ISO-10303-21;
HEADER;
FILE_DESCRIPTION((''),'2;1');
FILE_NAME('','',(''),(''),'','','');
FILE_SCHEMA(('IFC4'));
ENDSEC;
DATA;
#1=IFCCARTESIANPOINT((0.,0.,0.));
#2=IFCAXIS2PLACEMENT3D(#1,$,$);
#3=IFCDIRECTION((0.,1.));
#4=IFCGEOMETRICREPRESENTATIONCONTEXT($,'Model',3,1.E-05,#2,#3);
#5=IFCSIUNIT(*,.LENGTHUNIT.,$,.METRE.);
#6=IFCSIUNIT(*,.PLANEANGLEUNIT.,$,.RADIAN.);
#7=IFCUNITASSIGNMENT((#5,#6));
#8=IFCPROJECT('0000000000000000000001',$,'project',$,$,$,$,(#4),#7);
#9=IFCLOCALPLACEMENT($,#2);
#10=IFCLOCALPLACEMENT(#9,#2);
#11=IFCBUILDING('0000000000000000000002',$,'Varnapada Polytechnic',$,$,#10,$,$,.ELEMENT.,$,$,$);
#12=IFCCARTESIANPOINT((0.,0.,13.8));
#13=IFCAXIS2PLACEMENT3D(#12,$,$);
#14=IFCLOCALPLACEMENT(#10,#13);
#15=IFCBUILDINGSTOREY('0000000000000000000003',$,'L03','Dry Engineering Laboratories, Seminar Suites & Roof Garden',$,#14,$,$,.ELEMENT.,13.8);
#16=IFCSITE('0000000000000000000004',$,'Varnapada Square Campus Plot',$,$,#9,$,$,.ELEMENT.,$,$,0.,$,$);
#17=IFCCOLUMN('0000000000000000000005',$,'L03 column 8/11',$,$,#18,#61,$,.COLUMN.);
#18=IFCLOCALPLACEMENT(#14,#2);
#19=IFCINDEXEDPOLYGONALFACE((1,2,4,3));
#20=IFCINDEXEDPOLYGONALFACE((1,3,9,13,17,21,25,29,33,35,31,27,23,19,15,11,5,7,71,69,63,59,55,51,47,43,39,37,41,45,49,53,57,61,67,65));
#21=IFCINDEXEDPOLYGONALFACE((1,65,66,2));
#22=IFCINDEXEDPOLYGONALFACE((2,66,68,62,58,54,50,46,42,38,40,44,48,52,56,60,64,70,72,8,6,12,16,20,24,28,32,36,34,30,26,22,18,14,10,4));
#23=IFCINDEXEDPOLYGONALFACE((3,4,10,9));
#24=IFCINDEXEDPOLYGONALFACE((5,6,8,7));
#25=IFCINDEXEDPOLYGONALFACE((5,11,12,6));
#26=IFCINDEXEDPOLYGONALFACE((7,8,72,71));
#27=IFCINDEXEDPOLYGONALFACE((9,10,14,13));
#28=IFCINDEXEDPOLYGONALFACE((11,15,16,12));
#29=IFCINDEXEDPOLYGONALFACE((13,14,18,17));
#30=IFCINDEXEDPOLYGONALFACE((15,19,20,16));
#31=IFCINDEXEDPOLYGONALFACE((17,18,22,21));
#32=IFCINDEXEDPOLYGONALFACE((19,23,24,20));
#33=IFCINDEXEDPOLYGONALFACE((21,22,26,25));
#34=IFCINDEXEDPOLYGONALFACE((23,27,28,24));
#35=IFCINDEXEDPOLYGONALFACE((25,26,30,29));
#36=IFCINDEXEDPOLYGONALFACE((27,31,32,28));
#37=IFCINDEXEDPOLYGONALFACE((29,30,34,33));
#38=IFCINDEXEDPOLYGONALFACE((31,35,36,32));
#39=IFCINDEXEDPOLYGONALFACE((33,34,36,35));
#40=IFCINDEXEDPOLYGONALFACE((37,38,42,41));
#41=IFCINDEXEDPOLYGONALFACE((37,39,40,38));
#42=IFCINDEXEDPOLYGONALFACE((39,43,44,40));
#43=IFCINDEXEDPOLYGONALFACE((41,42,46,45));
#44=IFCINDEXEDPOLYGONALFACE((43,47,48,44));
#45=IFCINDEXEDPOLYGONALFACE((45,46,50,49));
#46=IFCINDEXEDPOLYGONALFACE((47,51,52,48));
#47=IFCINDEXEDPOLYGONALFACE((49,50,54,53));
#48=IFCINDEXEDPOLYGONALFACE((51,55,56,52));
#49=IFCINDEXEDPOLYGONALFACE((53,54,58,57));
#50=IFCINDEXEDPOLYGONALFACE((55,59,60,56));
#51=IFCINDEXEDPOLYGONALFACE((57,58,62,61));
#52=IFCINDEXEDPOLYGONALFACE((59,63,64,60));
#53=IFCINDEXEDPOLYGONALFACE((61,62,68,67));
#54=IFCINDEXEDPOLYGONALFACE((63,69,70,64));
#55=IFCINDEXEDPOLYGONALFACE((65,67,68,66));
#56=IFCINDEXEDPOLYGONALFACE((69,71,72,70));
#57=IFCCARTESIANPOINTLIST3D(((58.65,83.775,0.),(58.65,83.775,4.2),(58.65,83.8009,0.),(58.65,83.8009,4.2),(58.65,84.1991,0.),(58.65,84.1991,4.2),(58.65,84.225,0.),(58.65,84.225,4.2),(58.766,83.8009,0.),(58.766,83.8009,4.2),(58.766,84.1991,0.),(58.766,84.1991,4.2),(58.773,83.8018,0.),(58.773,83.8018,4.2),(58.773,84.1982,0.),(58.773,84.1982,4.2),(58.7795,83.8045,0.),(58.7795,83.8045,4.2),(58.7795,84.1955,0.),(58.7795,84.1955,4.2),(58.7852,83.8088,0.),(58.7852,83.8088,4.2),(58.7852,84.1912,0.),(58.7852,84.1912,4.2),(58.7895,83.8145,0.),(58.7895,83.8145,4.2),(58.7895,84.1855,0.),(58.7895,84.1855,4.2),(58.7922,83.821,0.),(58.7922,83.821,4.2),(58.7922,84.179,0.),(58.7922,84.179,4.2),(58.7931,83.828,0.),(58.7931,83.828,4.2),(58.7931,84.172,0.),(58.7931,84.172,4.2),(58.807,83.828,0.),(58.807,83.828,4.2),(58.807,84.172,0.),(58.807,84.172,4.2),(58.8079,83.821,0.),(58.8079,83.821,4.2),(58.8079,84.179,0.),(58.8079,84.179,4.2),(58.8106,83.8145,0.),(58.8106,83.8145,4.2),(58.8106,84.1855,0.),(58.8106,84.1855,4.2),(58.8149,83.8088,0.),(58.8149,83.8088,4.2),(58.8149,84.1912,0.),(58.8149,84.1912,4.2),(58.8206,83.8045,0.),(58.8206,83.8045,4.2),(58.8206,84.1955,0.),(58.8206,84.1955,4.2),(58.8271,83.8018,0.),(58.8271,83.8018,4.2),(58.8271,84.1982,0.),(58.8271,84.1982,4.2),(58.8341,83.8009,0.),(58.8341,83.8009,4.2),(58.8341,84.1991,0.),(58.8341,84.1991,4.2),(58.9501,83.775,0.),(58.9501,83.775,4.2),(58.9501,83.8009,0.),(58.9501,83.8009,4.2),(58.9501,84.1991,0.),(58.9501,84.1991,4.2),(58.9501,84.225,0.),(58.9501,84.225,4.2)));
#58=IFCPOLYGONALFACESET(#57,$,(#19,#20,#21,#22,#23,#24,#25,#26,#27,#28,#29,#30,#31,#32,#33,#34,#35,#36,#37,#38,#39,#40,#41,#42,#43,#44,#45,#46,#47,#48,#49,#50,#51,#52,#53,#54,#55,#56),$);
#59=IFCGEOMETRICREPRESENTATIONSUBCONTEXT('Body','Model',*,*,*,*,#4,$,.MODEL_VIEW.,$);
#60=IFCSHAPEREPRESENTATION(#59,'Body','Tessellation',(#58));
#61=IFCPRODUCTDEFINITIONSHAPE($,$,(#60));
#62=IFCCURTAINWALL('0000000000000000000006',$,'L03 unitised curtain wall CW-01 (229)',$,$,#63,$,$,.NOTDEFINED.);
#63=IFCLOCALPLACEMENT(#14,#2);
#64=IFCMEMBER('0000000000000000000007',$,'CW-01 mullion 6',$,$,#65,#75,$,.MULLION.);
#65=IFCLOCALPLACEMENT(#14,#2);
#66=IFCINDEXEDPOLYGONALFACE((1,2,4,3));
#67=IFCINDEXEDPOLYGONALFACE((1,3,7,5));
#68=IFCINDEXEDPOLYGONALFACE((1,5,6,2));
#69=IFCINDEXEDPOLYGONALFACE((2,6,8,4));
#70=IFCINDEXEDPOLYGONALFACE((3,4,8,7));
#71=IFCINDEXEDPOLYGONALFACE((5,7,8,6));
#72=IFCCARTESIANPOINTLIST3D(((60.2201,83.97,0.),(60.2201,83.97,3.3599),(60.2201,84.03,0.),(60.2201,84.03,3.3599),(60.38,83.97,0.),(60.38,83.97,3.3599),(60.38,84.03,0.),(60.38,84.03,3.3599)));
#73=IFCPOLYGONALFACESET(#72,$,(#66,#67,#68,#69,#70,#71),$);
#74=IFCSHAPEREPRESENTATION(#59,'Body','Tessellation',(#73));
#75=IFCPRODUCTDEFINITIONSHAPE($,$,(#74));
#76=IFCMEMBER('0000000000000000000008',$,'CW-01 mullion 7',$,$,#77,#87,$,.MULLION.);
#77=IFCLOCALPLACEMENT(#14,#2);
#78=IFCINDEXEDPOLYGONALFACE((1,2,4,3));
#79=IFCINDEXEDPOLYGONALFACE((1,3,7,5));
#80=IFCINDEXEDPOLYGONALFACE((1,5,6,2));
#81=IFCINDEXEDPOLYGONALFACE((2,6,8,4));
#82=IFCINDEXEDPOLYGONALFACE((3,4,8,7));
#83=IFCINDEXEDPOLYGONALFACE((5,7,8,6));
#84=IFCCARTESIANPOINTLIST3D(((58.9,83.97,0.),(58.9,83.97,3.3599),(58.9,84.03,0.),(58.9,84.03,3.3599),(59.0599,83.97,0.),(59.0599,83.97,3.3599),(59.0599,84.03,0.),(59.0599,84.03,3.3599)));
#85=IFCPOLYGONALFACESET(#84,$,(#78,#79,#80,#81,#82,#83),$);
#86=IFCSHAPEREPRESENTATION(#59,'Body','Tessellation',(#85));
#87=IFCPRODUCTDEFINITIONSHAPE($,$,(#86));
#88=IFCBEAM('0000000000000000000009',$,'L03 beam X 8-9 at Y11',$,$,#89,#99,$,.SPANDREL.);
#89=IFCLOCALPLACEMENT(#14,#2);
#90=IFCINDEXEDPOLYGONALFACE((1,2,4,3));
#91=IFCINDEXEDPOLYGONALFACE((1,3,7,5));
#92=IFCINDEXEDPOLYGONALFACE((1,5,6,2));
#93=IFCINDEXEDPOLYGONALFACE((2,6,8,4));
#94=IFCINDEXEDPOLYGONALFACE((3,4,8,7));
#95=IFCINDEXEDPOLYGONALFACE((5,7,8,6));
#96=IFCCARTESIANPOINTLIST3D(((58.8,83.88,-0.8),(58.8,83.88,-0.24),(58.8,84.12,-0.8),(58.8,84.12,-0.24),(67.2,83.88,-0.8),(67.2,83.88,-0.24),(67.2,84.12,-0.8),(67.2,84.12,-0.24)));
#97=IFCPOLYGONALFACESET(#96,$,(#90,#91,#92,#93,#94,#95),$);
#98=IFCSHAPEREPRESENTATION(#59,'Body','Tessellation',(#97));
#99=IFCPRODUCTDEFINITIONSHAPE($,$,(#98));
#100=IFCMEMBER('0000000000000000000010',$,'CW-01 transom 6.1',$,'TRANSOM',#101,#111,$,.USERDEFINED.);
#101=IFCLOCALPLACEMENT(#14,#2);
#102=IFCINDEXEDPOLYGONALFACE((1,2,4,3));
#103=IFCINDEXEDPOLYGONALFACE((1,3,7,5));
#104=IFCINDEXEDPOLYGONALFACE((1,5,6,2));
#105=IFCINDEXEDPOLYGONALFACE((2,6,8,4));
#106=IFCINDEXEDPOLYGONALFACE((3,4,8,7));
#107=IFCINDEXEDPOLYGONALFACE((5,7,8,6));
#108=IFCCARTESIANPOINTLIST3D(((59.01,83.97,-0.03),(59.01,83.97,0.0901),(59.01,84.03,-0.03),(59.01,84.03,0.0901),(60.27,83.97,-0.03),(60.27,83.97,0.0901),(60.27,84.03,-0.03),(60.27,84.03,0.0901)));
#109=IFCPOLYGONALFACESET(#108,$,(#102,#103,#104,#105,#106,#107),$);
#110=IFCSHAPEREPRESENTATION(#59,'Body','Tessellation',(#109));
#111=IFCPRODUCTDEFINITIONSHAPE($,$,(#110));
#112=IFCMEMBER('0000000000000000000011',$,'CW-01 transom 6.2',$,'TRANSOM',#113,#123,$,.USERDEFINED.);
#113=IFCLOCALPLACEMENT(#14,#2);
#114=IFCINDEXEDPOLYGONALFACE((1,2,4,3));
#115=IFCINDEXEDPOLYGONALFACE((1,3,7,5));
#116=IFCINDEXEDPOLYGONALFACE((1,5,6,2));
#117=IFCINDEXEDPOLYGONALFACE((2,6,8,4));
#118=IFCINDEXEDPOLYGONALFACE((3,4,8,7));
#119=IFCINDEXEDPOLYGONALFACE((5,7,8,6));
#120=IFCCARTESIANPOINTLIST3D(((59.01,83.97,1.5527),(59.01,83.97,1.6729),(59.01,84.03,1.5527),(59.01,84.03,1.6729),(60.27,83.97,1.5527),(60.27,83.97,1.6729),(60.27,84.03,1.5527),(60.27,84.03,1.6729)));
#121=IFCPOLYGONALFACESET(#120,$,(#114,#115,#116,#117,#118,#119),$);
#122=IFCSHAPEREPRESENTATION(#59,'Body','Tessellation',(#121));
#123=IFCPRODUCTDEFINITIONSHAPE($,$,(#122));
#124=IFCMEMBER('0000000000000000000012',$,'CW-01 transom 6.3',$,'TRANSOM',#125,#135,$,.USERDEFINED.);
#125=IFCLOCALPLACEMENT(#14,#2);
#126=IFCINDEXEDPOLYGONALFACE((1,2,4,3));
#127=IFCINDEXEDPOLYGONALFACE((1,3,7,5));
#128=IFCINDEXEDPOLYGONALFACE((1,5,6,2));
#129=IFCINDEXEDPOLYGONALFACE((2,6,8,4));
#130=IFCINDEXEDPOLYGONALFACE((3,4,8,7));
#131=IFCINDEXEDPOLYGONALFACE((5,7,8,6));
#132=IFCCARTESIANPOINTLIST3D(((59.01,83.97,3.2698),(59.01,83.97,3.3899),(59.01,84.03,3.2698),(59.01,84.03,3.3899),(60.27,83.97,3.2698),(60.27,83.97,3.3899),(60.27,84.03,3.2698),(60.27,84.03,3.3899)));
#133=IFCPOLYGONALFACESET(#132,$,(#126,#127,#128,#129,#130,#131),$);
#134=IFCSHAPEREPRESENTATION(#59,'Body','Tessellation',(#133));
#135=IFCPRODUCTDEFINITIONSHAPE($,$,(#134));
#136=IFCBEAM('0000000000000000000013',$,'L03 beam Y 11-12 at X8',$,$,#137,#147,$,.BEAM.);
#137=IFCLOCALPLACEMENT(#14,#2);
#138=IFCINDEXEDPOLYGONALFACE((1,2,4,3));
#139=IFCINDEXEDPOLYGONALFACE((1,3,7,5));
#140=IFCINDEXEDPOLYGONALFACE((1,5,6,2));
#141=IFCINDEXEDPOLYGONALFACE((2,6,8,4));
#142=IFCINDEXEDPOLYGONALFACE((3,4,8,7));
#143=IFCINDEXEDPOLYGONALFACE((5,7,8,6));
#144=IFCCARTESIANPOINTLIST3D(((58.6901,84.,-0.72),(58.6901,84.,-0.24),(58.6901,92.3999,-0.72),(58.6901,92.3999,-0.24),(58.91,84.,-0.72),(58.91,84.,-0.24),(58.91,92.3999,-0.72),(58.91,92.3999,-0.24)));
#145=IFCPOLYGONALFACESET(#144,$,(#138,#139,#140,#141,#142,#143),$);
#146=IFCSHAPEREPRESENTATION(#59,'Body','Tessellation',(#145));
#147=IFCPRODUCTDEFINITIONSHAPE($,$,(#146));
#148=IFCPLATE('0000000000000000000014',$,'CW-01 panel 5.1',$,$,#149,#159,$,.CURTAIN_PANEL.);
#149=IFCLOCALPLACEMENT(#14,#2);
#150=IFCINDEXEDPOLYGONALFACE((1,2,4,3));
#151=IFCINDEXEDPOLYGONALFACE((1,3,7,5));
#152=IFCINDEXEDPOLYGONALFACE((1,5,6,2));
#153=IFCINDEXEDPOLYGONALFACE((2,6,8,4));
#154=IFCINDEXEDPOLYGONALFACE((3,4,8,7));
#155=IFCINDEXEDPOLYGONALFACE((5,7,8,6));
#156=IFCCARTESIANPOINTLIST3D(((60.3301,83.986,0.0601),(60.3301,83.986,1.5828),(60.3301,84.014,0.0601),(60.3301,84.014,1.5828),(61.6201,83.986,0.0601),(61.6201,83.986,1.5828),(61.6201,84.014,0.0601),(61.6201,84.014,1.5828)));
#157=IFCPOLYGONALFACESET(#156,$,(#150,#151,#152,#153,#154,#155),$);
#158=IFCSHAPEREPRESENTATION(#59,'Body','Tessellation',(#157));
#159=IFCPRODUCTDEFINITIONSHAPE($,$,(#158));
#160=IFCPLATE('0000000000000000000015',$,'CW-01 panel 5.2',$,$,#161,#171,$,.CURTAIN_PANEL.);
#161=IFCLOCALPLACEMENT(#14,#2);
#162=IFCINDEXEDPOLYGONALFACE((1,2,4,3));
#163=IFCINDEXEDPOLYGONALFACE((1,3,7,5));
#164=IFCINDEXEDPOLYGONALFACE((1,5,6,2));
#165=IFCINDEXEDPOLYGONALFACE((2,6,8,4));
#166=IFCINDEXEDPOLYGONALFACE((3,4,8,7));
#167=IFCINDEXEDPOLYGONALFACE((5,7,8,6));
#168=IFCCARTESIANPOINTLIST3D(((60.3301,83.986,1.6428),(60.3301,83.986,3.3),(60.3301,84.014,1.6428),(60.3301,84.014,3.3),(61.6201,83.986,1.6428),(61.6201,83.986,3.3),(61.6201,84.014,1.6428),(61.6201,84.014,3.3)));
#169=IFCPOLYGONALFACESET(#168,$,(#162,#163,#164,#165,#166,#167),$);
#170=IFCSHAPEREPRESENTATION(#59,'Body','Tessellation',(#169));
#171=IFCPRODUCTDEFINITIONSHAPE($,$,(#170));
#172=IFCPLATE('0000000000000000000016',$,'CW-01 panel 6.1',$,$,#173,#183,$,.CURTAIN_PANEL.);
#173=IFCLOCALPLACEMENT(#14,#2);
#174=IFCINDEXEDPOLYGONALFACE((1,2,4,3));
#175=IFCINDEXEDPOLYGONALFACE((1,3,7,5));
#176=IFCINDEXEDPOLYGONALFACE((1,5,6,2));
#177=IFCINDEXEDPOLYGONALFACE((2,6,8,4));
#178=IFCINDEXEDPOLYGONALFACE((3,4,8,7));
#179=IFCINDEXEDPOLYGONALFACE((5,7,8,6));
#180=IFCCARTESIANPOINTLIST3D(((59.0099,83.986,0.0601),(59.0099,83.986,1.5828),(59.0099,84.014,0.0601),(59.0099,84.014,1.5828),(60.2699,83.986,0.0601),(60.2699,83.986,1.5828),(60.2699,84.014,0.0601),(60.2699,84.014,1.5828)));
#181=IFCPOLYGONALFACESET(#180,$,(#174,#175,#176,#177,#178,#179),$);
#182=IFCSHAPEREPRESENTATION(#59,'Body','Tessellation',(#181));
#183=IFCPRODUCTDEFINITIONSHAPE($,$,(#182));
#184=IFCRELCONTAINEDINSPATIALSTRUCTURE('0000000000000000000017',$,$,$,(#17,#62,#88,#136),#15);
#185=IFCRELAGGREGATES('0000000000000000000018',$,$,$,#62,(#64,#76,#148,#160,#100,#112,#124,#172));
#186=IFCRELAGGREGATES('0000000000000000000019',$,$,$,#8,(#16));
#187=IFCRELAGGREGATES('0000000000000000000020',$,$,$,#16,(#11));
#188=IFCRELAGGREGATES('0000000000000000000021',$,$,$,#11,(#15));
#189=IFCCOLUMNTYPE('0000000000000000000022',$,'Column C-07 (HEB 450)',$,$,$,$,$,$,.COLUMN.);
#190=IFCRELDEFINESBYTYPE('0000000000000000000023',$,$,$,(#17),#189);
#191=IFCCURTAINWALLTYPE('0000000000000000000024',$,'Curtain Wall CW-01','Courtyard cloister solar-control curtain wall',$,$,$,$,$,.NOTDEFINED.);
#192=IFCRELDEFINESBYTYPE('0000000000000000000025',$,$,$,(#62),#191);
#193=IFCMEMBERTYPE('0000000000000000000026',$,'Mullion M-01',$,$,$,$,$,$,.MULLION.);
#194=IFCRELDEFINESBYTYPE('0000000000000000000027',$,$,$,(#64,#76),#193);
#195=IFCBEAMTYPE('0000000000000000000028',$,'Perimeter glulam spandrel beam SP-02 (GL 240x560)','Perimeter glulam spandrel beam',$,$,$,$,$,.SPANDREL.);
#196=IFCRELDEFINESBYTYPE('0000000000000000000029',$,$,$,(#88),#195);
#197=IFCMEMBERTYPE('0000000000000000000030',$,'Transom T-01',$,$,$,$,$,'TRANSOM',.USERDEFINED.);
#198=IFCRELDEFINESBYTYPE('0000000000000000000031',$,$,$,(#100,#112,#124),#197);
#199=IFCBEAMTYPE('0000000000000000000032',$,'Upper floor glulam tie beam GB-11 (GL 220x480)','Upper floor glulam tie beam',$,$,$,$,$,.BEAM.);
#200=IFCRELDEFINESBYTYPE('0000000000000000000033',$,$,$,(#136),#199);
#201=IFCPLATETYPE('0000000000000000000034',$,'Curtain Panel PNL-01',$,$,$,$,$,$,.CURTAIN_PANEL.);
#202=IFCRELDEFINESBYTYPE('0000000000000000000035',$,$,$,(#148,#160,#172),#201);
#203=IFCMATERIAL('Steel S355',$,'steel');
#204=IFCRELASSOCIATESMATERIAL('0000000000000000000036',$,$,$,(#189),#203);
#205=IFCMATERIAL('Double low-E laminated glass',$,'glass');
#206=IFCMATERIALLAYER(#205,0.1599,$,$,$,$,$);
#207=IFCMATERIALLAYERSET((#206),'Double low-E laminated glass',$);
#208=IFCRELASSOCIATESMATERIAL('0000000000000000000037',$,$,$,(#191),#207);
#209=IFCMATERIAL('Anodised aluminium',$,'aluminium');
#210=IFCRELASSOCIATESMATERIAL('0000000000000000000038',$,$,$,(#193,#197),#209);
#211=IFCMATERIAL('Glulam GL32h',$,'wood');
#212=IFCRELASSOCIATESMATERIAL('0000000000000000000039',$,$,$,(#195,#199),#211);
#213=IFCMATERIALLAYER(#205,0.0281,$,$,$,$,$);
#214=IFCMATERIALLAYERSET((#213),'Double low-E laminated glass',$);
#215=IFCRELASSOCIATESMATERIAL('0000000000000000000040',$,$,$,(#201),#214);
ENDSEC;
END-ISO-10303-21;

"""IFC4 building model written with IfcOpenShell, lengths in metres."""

from ifc_helpers import new_model, si_unit, direction, frame, origin, origin_2d, place, context, subcontext, project, spatial, rectangle, i_section, extrude, material, layer, layer_set, material_profile, profile_set, type_object, element, aggregate, save


model = new_model("IFC4")

# Units and contexts
model_context = context("Model", 3, precision=1e-05, world=origin(), true_north=direction((0.0, 1.0)))
body_context = subcontext(model_context, "Body", "Model", "MODEL_VIEW")
ifc_project = project(units=[si_unit("LENGTHUNIT", "METRE"), si_unit("PLANEANGLEUNIT", "RADIAN")], contexts=[model_context])

# Site, building, storey
site_placement = place(None, origin())
site = spatial("IfcSite", under=ifc_project, at=site_placement, Name="Varnapada Square Campus Plot", CompositionType="ELEMENT", RefElevation=0.0)
building_placement = place(site_placement, origin())
building = spatial("IfcBuilding", under=site, at=building_placement, Name="Varnapada Polytechnic", CompositionType="ELEMENT")
storey_placement = place(building_placement, frame((0.0, 0.0, 13.8)))
storey = spatial("IfcBuildingStorey", under=building, at=storey_placement, Name="L03", Description="Dry Engineering Laboratories, Seminar Suites & Roof Garden", CompositionType="ELEMENT", Elevation=13.8)

# Column
ifc_material_1 = material(Name="Steel S355", Category="steel")
ifc_material_profile_1 = material_profile(ifc_material_1, i_section(OverallWidth=0.3, OverallDepth=0.45, WebThickness=0.0139, FlangeThickness=0.0259, FilletRadius=0.0271, at=origin_2d()), Name="HEB 450")
ifc_profile_set_1 = profile_set([ifc_material_profile_1], Name="Steel S355")
column_type = type_object("IfcColumnType", Name="Column C-07 (HEB 450)", PredefinedType="COLUMN", material=ifc_profile_set_1)
column_placement = place(storey_placement, frame((58.8, 84.0, 0.0), z_axis=(0.0, 0.0, 1.0), x_axis=(1.0, 0.0, 0.0)))
element("IfcColumn", 1, at=column_placement, inside=storey, type_object=column_type, Name="L03 column 8/11", PredefinedType="COLUMN", context=body_context, shape_type="SweptSolid", body=[
    extrude(i_section(OverallWidth=0.3, OverallDepth=0.45, WebThickness=0.0139, FlangeThickness=0.0259, FilletRadius=0.0271, at=origin_2d()), origin(), (0.0, 0.0, 1.0), 4.2),
])

# Curtain wall, members
ifc_material_2 = material(Name="Double low-E laminated glass", Category="glass")
ifc_layer_1 = layer(ifc_material_2, 0.1599)
ifc_layer_set_1 = layer_set([ifc_layer_1], Name="Double low-E laminated glass")
curtain_wall_type = type_object("IfcCurtainWallType", Name="Curtain Wall CW-01", Description="Courtyard cloister solar-control curtain wall", PredefinedType="NOTDEFINED", material=ifc_layer_set_1)
curtain_wall_placement = place(storey_placement, origin())
curtain_wall = element("IfcCurtainWall", 2, at=curtain_wall_placement, inside=storey, type_object=curtain_wall_type, Name="L03 unitised curtain wall CW-01 (229)", PredefinedType="NOTDEFINED")
ifc_material_3 = material(Name="Anodised aluminium", Category="aluminium")
ifc_material_profile_2 = material_profile(ifc_material_3, rectangle(XDim=0.0601, YDim=0.1599, at=origin_2d()), Name="ALU M60x160")
ifc_profile_set_2 = profile_set([ifc_material_profile_2], Name="Anodised aluminium")
member_type_1 = type_object("IfcMemberType", Name="Mullion M-01", PredefinedType="MULLION", material=ifc_profile_set_2)
member_1_placement = place(storey_placement, frame((60.3, 84.0, 0.0), z_axis=(0.0, 0.0, 1.0), x_axis=(0.0, -1.0, 0.0)))
member_1 = element("IfcMember", 3, at=member_1_placement, type_object=member_type_1, Name="CW-01 mullion 6", PredefinedType="MULLION", context=body_context, shape_type="SweptSolid", body=[
    extrude(rectangle(XDim=0.0601, YDim=0.1599, at=origin_2d()), origin(), (0.0, 0.0, 1.0), 3.3599),
])
member_2_placement = place(storey_placement, frame((58.98, 84.0, 0.0), z_axis=(0.0, 0.0, 1.0), x_axis=(0.0, -1.0, 0.0)))
member_2 = element("IfcMember", 4, at=member_2_placement, type_object=member_type_1, Name="CW-01 mullion 7", PredefinedType="MULLION", context=body_context, shape_type="SweptSolid", body=[
    extrude(rectangle(XDim=0.0601, YDim=0.1599, at=origin_2d()), origin(), (0.0, 0.0, 1.0), 3.3599),
])

# Beam
ifc_material_4 = material(Name="Glulam GL32h", Category="wood")
ifc_material_profile_3 = material_profile(ifc_material_4, rectangle(XDim=0.24, YDim=0.5601, at=origin_2d()), Name="GL 240x560")
ifc_profile_set_3 = profile_set([ifc_material_profile_3], Name="Glulam GL32h")
beam_type_1 = type_object("IfcBeamType", Name="Perimeter glulam spandrel beam SP-02 (GL 240x560)", Description="Perimeter glulam spandrel beam", PredefinedType="SPANDREL", material=ifc_profile_set_3)
beam_1_placement = place(storey_placement, frame((58.8, 84.0, -0.52), z_axis=(1.0, 0.0, 0.0), x_axis=(0.0, 1.0, 0.0)))
element("IfcBeam", 5, at=beam_1_placement, inside=storey, type_object=beam_type_1, Name="L03 beam X 8-9 at Y11", PredefinedType="SPANDREL", context=body_context, shape_type="SweptSolid", body=[
    extrude(rectangle(XDim=0.24, YDim=0.5601, at=origin_2d()), origin(), (0.0, 0.0, 1.0), 8.3999),
])

# Members
ifc_material_profile_4 = material_profile(ifc_material_3, rectangle(XDim=0.0601, YDim=0.1201, at=origin_2d()), Name="ALU T60x120")
ifc_profile_set_4 = profile_set([ifc_material_profile_4], Name="Anodised aluminium")
member_type_2 = type_object("IfcMemberType", Name="Transom T-01", ElementType="TRANSOM", PredefinedType="USERDEFINED", material=ifc_profile_set_4)
member_3_placement = place(storey_placement, frame((60.27, 84.0, 0.03), z_axis=(-1.0, 0.0, 0.0), x_axis=(0.0, -1.0, 0.0)))
member_3 = element("IfcMember", 6, at=member_3_placement, type_object=member_type_2, Name="CW-01 transom 6.1", ObjectType="TRANSOM", PredefinedType="USERDEFINED", context=body_context, shape_type="SweptSolid", body=[
    extrude(rectangle(XDim=0.0601, YDim=0.1201, at=origin_2d()), origin(), (0.0, 0.0, 1.0), 1.26),
])
member_4_placement = place(storey_placement, frame((60.27, 84.0, 1.6128), z_axis=(-1.0, 0.0, 0.0), x_axis=(0.0, -1.0, 0.0)))
member_4 = element("IfcMember", 7, at=member_4_placement, type_object=member_type_2, Name="CW-01 transom 6.2", ObjectType="TRANSOM", PredefinedType="USERDEFINED", context=body_context, shape_type="SweptSolid", body=[
    extrude(rectangle(XDim=0.0601, YDim=0.1201, at=origin_2d()), origin(), (0.0, 0.0, 1.0), 1.26),
])
member_5_placement = place(storey_placement, frame((60.27, 84.0, 3.3298), z_axis=(-1.0, 0.0, 0.0), x_axis=(0.0, -1.0, 0.0)))
member_5 = element("IfcMember", 8, at=member_5_placement, type_object=member_type_2, Name="CW-01 transom 6.3", ObjectType="TRANSOM", PredefinedType="USERDEFINED", context=body_context, shape_type="SweptSolid", body=[
    extrude(rectangle(XDim=0.0601, YDim=0.1201, at=origin_2d()), origin(), (0.0, 0.0, 1.0), 1.26),
])

# Beam
ifc_material_profile_5 = material_profile(ifc_material_4, rectangle(XDim=0.22, YDim=0.48, at=origin_2d()), Name="GL 220x480")
ifc_profile_set_5 = profile_set([ifc_material_profile_5], Name="Glulam GL32h")
beam_type_2 = type_object("IfcBeamType", Name="Upper floor glulam tie beam GB-11 (GL 220x480)", Description="Upper floor glulam tie beam", PredefinedType="BEAM", material=ifc_profile_set_5)
beam_2_placement = place(storey_placement, frame((58.8, 84.0, -0.48), z_axis=(0.0, 1.0, 0.0), x_axis=(-1.0, 0.0, 0.0)))
element("IfcBeam", 9, at=beam_2_placement, inside=storey, type_object=beam_type_2, Name="L03 beam Y 11-12 at X8", PredefinedType="BEAM", context=body_context, shape_type="SweptSolid", body=[
    extrude(rectangle(XDim=0.22, YDim=0.48, at=origin_2d()), origin(), (0.0, 0.0, 1.0), 8.3999),
])

# Plates
ifc_layer_2 = layer(ifc_material_2, 0.0281)
ifc_layer_set_2 = layer_set([ifc_layer_2], Name="Double low-E laminated glass")
plate_type = type_object("IfcPlateType", Name="Curtain Panel PNL-01", PredefinedType="CURTAIN_PANEL", material=ifc_layer_set_2)
plate_1_placement = place(storey_placement, frame((60.9751, 84.0, 0.0601), z_axis=(0.0, 0.0, 1.0), x_axis=(-1.0, 0.0, 0.0)))
plate_1 = element("IfcPlate", 10, at=plate_1_placement, type_object=plate_type, Name="CW-01 panel 5.1", PredefinedType="CURTAIN_PANEL", context=body_context, shape_type="SweptSolid", body=[
    extrude(rectangle(XDim=1.29, YDim=0.0281, at=origin_2d()), origin(), (0.0, 0.0, 1.0), 1.5227),
])
plate_2_placement = place(storey_placement, frame((60.9751, 84.0, 1.6428), z_axis=(0.0, 0.0, 1.0), x_axis=(-1.0, 0.0, 0.0)))
plate_2 = element("IfcPlate", 11, at=plate_2_placement, type_object=plate_type, Name="CW-01 panel 5.2", PredefinedType="CURTAIN_PANEL", context=body_context, shape_type="SweptSolid", body=[
    extrude(rectangle(XDim=1.29, YDim=0.0281, at=origin_2d()), origin(), (0.0, 0.0, 1.0), 1.6572),
])
plate_3_placement = place(storey_placement, frame((59.6399, 84.0, 0.0601), z_axis=(0.0, 0.0, 1.0), x_axis=(-1.0, 0.0, 0.0)))
plate_3 = element("IfcPlate", 12, at=plate_3_placement, type_object=plate_type, Name="CW-01 panel 6.1", PredefinedType="CURTAIN_PANEL", context=body_context, shape_type="SweptSolid", body=[
    extrude(rectangle(XDim=1.26, YDim=0.0281, at=origin_2d()), origin(), (0.0, 0.0, 1.0), 1.5227),
])
aggregate(curtain_wall, [member_1, member_2, plate_1, plate_2, member_3, member_4, member_5, plate_3])

save(model, "model.ifc")
